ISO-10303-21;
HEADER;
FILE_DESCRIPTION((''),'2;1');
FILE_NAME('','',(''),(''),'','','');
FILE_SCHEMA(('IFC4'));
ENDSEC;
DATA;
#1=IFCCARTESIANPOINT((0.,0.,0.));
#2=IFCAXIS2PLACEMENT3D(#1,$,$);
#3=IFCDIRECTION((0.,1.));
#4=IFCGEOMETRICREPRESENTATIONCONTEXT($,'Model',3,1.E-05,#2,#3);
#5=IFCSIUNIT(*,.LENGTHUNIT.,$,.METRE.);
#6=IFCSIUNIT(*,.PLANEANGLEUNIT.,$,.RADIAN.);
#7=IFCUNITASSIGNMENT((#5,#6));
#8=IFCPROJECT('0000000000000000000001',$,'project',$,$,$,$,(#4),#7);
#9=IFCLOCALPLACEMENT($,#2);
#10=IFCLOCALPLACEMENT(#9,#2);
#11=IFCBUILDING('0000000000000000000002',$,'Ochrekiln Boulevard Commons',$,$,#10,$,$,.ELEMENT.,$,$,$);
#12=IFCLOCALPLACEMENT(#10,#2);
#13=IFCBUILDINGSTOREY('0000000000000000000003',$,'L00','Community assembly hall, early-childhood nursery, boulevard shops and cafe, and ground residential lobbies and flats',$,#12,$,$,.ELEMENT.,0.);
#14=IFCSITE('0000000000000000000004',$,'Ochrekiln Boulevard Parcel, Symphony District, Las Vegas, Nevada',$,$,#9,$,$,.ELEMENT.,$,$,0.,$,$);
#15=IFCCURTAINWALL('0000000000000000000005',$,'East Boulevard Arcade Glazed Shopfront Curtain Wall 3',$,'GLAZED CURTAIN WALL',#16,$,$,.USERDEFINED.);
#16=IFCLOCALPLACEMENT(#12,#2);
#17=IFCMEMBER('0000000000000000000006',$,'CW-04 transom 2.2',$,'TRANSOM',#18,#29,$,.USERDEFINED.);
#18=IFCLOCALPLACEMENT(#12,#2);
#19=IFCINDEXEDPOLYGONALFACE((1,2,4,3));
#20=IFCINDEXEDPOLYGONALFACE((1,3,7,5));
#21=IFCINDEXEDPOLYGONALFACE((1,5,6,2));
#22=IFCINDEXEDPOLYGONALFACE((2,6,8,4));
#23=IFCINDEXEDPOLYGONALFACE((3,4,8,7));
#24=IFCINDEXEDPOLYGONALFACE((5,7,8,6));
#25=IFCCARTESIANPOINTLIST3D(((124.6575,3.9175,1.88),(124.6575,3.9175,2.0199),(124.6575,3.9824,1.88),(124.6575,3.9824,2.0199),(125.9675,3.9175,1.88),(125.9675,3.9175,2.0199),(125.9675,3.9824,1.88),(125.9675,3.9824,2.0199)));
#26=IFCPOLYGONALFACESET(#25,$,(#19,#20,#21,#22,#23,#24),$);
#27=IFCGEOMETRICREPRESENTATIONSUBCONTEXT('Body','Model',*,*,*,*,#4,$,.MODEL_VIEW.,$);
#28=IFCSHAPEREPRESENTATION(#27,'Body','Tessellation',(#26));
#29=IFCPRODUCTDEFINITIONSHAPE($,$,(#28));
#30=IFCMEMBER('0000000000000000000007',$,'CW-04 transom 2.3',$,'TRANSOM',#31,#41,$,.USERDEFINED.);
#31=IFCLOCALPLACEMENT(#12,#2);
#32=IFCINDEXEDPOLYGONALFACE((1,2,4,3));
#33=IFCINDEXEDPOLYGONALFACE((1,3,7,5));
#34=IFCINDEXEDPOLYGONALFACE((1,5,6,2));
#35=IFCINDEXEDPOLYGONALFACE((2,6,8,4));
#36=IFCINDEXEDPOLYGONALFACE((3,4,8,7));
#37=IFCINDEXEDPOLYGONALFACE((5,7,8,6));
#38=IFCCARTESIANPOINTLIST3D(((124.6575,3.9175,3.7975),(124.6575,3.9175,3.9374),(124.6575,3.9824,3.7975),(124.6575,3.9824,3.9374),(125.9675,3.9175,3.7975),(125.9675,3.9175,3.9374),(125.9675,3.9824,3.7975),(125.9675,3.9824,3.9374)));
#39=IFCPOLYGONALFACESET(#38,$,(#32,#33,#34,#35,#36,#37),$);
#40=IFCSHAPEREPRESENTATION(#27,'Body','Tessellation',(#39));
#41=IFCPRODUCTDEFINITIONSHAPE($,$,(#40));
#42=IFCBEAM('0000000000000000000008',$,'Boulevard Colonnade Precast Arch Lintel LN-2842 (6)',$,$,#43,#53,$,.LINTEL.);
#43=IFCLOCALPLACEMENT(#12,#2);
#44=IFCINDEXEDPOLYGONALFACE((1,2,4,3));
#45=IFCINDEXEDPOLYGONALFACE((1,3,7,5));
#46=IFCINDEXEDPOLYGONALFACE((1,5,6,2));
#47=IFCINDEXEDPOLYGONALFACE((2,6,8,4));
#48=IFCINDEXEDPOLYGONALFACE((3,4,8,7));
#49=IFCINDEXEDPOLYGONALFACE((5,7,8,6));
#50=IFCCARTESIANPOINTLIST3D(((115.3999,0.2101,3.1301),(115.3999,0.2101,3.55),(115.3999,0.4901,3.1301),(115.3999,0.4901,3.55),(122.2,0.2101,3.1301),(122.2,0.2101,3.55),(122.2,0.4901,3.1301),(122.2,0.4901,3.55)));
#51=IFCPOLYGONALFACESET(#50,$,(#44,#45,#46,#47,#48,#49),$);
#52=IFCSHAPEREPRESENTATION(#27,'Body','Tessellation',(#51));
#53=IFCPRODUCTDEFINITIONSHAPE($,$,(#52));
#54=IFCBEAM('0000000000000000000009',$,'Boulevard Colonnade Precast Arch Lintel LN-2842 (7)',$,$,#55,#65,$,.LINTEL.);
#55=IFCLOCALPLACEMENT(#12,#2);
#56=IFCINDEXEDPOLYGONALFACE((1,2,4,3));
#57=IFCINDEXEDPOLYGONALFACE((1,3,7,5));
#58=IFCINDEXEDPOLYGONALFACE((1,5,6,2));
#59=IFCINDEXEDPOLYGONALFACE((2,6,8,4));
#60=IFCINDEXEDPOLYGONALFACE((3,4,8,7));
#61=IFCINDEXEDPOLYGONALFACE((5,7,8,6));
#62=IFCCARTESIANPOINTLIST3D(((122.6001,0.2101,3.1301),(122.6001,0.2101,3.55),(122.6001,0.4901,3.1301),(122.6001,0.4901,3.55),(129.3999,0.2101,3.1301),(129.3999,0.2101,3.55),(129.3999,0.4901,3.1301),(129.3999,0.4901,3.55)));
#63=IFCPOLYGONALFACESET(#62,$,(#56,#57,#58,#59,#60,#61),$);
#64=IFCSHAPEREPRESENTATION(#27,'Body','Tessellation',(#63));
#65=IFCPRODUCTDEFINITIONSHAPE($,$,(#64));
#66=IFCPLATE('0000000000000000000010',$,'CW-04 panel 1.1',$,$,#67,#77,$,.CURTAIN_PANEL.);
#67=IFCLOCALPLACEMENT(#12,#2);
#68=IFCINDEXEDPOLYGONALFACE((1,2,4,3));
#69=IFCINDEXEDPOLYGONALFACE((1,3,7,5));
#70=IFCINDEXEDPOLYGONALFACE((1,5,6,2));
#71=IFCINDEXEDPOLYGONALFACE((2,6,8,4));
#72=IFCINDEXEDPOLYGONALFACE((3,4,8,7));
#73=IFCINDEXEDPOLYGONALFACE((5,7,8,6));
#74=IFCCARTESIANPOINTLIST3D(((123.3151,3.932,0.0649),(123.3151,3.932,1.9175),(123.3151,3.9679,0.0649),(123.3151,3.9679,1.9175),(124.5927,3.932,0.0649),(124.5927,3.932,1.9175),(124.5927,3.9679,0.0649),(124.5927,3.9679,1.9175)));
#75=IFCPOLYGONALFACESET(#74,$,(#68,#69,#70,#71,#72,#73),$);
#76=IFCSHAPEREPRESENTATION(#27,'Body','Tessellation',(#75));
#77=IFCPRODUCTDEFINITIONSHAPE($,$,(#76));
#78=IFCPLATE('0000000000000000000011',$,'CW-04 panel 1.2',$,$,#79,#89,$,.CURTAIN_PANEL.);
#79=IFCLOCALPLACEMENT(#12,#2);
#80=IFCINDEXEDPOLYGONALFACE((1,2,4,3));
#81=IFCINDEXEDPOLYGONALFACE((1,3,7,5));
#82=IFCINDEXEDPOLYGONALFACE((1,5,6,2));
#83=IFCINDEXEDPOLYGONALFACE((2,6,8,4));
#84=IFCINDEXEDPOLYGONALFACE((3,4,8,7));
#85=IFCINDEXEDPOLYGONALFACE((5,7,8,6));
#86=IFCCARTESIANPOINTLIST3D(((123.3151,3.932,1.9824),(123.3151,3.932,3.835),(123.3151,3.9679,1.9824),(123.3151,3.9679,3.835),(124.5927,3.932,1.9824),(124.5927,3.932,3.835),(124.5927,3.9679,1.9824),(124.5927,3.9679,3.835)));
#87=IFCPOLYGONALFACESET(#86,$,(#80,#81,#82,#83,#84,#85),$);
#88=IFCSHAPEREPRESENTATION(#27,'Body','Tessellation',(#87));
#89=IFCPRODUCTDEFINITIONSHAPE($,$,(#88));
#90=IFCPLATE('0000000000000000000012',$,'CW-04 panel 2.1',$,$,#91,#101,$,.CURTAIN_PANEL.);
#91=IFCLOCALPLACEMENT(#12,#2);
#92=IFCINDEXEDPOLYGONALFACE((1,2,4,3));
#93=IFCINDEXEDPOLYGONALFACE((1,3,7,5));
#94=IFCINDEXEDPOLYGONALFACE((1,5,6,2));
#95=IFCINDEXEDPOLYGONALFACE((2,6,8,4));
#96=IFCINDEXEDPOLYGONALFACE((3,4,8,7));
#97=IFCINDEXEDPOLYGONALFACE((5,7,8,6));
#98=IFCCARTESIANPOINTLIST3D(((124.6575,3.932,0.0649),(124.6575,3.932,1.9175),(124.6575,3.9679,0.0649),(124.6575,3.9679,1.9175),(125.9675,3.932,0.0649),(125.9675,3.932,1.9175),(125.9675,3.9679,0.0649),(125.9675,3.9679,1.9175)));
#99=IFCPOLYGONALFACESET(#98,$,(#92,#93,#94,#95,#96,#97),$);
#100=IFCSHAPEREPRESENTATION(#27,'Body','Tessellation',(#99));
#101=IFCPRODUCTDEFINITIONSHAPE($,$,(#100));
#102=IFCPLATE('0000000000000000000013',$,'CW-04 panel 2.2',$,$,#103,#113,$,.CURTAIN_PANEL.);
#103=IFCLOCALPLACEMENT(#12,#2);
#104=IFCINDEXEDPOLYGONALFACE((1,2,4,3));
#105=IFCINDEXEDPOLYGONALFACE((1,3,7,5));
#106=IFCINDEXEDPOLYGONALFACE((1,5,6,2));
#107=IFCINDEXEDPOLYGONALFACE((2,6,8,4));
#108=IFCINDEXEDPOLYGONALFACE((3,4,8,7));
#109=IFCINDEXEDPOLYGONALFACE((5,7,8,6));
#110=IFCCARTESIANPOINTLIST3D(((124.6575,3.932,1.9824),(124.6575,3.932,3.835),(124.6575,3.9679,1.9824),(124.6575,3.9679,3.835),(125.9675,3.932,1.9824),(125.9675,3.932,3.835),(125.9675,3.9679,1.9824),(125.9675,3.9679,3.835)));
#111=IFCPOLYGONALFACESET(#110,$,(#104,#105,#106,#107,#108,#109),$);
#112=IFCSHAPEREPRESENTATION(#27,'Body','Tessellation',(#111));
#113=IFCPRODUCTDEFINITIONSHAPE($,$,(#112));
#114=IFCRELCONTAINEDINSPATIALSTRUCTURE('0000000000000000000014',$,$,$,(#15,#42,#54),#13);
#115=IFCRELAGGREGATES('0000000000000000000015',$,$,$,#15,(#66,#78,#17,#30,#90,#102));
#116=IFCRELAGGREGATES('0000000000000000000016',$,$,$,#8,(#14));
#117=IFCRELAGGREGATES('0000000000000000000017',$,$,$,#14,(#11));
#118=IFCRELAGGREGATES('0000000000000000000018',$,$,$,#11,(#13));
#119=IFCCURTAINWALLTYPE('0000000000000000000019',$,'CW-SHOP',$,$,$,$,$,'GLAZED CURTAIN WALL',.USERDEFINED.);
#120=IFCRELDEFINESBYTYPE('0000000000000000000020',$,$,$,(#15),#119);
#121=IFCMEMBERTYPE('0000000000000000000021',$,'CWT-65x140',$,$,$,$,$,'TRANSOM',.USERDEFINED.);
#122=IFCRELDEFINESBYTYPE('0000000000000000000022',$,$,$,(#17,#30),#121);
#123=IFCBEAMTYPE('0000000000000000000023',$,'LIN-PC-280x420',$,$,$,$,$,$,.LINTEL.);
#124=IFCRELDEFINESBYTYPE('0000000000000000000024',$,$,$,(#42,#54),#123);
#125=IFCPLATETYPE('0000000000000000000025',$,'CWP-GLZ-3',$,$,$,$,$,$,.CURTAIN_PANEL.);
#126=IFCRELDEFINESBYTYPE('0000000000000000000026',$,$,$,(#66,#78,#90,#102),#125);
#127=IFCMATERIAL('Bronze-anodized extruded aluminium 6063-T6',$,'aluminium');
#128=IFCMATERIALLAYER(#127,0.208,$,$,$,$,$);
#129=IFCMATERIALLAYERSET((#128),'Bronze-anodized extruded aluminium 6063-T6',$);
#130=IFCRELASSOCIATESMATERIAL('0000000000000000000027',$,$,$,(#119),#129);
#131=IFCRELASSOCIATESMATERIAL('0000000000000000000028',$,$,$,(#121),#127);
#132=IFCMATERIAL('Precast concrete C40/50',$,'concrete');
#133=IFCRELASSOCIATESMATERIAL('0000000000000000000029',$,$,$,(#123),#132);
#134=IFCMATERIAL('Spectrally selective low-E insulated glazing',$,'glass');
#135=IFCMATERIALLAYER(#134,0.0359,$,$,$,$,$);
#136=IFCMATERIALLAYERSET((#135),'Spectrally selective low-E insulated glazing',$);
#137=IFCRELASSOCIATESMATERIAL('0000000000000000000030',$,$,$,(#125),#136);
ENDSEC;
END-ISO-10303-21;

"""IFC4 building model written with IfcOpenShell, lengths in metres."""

from ifc_helpers import new_model, si_unit, direction, frame, origin, origin_2d, place, context, subcontext, project, spatial, rectangle, extrude, material, layer, layer_set, material_profile, profile_set, type_object, element, aggregate, save


model = new_model("IFC4")

# Units and contexts
model_context = context("Model", 3, precision=1e-05, world=origin(), true_north=direction((0.0, 1.0)))
body_context = subcontext(model_context, "Body", "Model", "MODEL_VIEW")
ifc_project = project(units=[si_unit("LENGTHUNIT", "METRE"), si_unit("PLANEANGLEUNIT", "RADIAN")], contexts=[model_context])

# Site, building, storey
site_placement = place(None, origin())
site = spatial("IfcSite", under=ifc_project, at=site_placement, Name="Ochrekiln Boulevard Parcel, Symphony District, Las Vegas, Nevada", CompositionType="ELEMENT", RefElevation=0.0)
building_placement = place(site_placement, origin())
building = spatial("IfcBuilding", under=site, at=building_placement, Name="Ochrekiln Boulevard Commons", CompositionType="ELEMENT")
storey_placement = place(building_placement, origin())
storey = spatial("IfcBuildingStorey", under=building, at=storey_placement, Name="L00", Description="Community assembly hall, early-childhood nursery, boulevard shops and cafe, and ground residential lobbies and flats", CompositionType="ELEMENT", Elevation=0.0)

# Curtain wall, members
ifc_material_1 = material(Name="Bronze-anodized extruded aluminium 6063-T6", Category="aluminium")
ifc_layer_1 = layer(ifc_material_1, 0.208)
ifc_layer_set_1 = layer_set([ifc_layer_1], Name="Bronze-anodized extruded aluminium 6063-T6")
curtain_wall_type = type_object("IfcCurtainWallType", Name="CW-SHOP", ElementType="GLAZED CURTAIN WALL", PredefinedType="USERDEFINED", material=ifc_layer_set_1)
curtain_wall_placement = place(storey_placement, origin())
curtain_wall = element("IfcCurtainWall", 1, at=curtain_wall_placement, inside=storey, type_object=curtain_wall_type, Name="East Boulevard Arcade Glazed Shopfront Curtain Wall 3", ObjectType="GLAZED CURTAIN WALL", PredefinedType="USERDEFINED")
ifc_material_profile_1 = material_profile(ifc_material_1, rectangle(XDim=0.0649, YDim=0.1399, at=origin_2d()), Name="ALU-TRN-65x140")
ifc_profile_set_1 = profile_set([ifc_material_profile_1], Name="Bronze-anodized extruded aluminium 6063-T6")
member_type_1 = type_object("IfcMemberType", Name="CWT-65x140", ElementType="TRANSOM", PredefinedType="USERDEFINED", material=ifc_profile_set_1)
member_1_placement = place(storey_placement, frame((124.6575, 3.95, 1.95), z_axis=(1.0, 0.0, 0.0), x_axis=(0.0, 1.0, 0.0)))
member_1 = element("IfcMember", 2, at=member_1_placement, type_object=member_type_1, Name="CW-04 transom 2.2", ObjectType="TRANSOM", PredefinedType="USERDEFINED", context=body_context, shape_type="SweptSolid", body=[
    extrude(rectangle(XDim=0.0649, YDim=0.1399, at=origin_2d()), origin(), (0.0, 0.0, 1.0), 1.3101),
])
member_2_placement = place(storey_placement, frame((124.6575, 3.95, 3.8674), z_axis=(1.0, 0.0, 0.0), x_axis=(0.0, 1.0, 0.0)))
member_2 = element("IfcMember", 3, at=member_2_placement, type_object=member_type_1, Name="CW-04 transom 2.3", ObjectType="TRANSOM", PredefinedType="USERDEFINED", context=body_context, shape_type="SweptSolid", body=[
    extrude(rectangle(XDim=0.0649, YDim=0.1399, at=origin_2d()), origin(), (0.0, 0.0, 1.0), 1.3101),
])

# Beams
ifc_material_2 = material(Name="Precast concrete C40/50", Category="concrete")
ifc_material_profile_2 = material_profile(ifc_material_2, rectangle(XDim=0.28, YDim=0.4199, at=origin_2d()), Name="RC-LIN-280x420")
ifc_profile_set_2 = profile_set([ifc_material_profile_2], Name="Precast concrete C40/50")
beam_type_1 = type_object("IfcBeamType", Name="LIN-PC-280x420", PredefinedType="LINTEL", material=ifc_profile_set_2)
beam_1_placement = place(storey_placement, frame((115.3999, 0.3501, 3.3401), z_axis=(1.0, 0.0, 0.0), x_axis=(0.0, 1.0, 0.0)))
element("IfcBeam", 4, at=beam_1_placement, inside=storey, type_object=beam_type_1, Name="Boulevard Colonnade Precast Arch Lintel LN-2842 (6)", PredefinedType="LINTEL", context=body_context, shape_type="SweptSolid", body=[
    extrude(rectangle(XDim=0.28, YDim=0.4199, at=origin_2d()), origin(), (0.0, 0.0, 1.0), 6.8),
])
beam_2_placement = place(storey_placement, frame((122.6001, 0.3501, 3.3401), z_axis=(1.0, 0.0, 0.0), x_axis=(0.0, 1.0, 0.0)))
element("IfcBeam", 5, at=beam_2_placement, inside=storey, type_object=beam_type_1, Name="Boulevard Colonnade Precast Arch Lintel LN-2842 (7)", PredefinedType="LINTEL", context=body_context, shape_type="SweptSolid", body=[
    extrude(rectangle(XDim=0.28, YDim=0.4199, at=origin_2d()), origin(), (0.0, 0.0, 1.0), 6.7998),
])

# Plates
ifc_material_3 = material(Name="Spectrally selective low-E insulated glazing", Category="glass")
ifc_layer_2 = layer(ifc_material_3, 0.0359)
ifc_layer_set_2 = layer_set([ifc_layer_2], Name="Spectrally selective low-E insulated glazing")
plate_type = type_object("IfcPlateType", Name="CWP-GLZ-3", PredefinedType="CURTAIN_PANEL", material=ifc_layer_set_2)
plate_1_placement = place(storey_placement, frame((123.9539, 3.95, 0.0649), z_axis=(0.0, 0.0, 1.0), x_axis=(1.0, 0.0, 0.0)))
plate_1 = element("IfcPlate", 6, at=plate_1_placement, type_object=plate_type, Name="CW-04 panel 1.1", PredefinedType="CURTAIN_PANEL", context=body_context, shape_type="SweptSolid", body=[
    extrude(rectangle(XDim=1.2776, YDim=0.0359, at=origin_2d()), origin(), (0.0, 0.0, 1.0), 1.8525),
])
plate_2_placement = place(storey_placement, frame((123.9539, 3.95, 1.9824), z_axis=(0.0, 0.0, 1.0), x_axis=(1.0, 0.0, 0.0)))
plate_2 = element("IfcPlate", 7, at=plate_2_placement, type_object=plate_type, Name="CW-04 panel 1.2", PredefinedType="CURTAIN_PANEL", context=body_context, shape_type="SweptSolid", body=[
    extrude(rectangle(XDim=1.2776, YDim=0.0359, at=origin_2d()), origin(), (0.0, 0.0, 1.0), 1.8525),
])
plate_3_placement = place(storey_placement, frame((125.3125, 3.95, 0.0649), z_axis=(0.0, 0.0, 1.0), x_axis=(1.0, 0.0, 0.0)))
plate_3 = element("IfcPlate", 8, at=plate_3_placement, type_object=plate_type, Name="CW-04 panel 2.1", PredefinedType="CURTAIN_PANEL", context=body_context, shape_type="SweptSolid", body=[
    extrude(rectangle(XDim=1.3101, YDim=0.0359, at=origin_2d()), origin(), (0.0, 0.0, 1.0), 1.8525),
])
plate_4_placement = place(storey_placement, frame((125.3125, 3.95, 1.9824), z_axis=(0.0, 0.0, 1.0), x_axis=(1.0, 0.0, 0.0)))
plate_4 = element("IfcPlate", 9, at=plate_4_placement, type_object=plate_type, Name="CW-04 panel 2.2", PredefinedType="CURTAIN_PANEL", context=body_context, shape_type="SweptSolid", body=[
    extrude(rectangle(XDim=1.3101, YDim=0.0359, at=origin_2d()), origin(), (0.0, 0.0, 1.0), 1.8525),
])
aggregate(curtain_wall, [plate_1, plate_2, member_1, member_2, plate_3, plate_4])

save(model, "model.ifc")
